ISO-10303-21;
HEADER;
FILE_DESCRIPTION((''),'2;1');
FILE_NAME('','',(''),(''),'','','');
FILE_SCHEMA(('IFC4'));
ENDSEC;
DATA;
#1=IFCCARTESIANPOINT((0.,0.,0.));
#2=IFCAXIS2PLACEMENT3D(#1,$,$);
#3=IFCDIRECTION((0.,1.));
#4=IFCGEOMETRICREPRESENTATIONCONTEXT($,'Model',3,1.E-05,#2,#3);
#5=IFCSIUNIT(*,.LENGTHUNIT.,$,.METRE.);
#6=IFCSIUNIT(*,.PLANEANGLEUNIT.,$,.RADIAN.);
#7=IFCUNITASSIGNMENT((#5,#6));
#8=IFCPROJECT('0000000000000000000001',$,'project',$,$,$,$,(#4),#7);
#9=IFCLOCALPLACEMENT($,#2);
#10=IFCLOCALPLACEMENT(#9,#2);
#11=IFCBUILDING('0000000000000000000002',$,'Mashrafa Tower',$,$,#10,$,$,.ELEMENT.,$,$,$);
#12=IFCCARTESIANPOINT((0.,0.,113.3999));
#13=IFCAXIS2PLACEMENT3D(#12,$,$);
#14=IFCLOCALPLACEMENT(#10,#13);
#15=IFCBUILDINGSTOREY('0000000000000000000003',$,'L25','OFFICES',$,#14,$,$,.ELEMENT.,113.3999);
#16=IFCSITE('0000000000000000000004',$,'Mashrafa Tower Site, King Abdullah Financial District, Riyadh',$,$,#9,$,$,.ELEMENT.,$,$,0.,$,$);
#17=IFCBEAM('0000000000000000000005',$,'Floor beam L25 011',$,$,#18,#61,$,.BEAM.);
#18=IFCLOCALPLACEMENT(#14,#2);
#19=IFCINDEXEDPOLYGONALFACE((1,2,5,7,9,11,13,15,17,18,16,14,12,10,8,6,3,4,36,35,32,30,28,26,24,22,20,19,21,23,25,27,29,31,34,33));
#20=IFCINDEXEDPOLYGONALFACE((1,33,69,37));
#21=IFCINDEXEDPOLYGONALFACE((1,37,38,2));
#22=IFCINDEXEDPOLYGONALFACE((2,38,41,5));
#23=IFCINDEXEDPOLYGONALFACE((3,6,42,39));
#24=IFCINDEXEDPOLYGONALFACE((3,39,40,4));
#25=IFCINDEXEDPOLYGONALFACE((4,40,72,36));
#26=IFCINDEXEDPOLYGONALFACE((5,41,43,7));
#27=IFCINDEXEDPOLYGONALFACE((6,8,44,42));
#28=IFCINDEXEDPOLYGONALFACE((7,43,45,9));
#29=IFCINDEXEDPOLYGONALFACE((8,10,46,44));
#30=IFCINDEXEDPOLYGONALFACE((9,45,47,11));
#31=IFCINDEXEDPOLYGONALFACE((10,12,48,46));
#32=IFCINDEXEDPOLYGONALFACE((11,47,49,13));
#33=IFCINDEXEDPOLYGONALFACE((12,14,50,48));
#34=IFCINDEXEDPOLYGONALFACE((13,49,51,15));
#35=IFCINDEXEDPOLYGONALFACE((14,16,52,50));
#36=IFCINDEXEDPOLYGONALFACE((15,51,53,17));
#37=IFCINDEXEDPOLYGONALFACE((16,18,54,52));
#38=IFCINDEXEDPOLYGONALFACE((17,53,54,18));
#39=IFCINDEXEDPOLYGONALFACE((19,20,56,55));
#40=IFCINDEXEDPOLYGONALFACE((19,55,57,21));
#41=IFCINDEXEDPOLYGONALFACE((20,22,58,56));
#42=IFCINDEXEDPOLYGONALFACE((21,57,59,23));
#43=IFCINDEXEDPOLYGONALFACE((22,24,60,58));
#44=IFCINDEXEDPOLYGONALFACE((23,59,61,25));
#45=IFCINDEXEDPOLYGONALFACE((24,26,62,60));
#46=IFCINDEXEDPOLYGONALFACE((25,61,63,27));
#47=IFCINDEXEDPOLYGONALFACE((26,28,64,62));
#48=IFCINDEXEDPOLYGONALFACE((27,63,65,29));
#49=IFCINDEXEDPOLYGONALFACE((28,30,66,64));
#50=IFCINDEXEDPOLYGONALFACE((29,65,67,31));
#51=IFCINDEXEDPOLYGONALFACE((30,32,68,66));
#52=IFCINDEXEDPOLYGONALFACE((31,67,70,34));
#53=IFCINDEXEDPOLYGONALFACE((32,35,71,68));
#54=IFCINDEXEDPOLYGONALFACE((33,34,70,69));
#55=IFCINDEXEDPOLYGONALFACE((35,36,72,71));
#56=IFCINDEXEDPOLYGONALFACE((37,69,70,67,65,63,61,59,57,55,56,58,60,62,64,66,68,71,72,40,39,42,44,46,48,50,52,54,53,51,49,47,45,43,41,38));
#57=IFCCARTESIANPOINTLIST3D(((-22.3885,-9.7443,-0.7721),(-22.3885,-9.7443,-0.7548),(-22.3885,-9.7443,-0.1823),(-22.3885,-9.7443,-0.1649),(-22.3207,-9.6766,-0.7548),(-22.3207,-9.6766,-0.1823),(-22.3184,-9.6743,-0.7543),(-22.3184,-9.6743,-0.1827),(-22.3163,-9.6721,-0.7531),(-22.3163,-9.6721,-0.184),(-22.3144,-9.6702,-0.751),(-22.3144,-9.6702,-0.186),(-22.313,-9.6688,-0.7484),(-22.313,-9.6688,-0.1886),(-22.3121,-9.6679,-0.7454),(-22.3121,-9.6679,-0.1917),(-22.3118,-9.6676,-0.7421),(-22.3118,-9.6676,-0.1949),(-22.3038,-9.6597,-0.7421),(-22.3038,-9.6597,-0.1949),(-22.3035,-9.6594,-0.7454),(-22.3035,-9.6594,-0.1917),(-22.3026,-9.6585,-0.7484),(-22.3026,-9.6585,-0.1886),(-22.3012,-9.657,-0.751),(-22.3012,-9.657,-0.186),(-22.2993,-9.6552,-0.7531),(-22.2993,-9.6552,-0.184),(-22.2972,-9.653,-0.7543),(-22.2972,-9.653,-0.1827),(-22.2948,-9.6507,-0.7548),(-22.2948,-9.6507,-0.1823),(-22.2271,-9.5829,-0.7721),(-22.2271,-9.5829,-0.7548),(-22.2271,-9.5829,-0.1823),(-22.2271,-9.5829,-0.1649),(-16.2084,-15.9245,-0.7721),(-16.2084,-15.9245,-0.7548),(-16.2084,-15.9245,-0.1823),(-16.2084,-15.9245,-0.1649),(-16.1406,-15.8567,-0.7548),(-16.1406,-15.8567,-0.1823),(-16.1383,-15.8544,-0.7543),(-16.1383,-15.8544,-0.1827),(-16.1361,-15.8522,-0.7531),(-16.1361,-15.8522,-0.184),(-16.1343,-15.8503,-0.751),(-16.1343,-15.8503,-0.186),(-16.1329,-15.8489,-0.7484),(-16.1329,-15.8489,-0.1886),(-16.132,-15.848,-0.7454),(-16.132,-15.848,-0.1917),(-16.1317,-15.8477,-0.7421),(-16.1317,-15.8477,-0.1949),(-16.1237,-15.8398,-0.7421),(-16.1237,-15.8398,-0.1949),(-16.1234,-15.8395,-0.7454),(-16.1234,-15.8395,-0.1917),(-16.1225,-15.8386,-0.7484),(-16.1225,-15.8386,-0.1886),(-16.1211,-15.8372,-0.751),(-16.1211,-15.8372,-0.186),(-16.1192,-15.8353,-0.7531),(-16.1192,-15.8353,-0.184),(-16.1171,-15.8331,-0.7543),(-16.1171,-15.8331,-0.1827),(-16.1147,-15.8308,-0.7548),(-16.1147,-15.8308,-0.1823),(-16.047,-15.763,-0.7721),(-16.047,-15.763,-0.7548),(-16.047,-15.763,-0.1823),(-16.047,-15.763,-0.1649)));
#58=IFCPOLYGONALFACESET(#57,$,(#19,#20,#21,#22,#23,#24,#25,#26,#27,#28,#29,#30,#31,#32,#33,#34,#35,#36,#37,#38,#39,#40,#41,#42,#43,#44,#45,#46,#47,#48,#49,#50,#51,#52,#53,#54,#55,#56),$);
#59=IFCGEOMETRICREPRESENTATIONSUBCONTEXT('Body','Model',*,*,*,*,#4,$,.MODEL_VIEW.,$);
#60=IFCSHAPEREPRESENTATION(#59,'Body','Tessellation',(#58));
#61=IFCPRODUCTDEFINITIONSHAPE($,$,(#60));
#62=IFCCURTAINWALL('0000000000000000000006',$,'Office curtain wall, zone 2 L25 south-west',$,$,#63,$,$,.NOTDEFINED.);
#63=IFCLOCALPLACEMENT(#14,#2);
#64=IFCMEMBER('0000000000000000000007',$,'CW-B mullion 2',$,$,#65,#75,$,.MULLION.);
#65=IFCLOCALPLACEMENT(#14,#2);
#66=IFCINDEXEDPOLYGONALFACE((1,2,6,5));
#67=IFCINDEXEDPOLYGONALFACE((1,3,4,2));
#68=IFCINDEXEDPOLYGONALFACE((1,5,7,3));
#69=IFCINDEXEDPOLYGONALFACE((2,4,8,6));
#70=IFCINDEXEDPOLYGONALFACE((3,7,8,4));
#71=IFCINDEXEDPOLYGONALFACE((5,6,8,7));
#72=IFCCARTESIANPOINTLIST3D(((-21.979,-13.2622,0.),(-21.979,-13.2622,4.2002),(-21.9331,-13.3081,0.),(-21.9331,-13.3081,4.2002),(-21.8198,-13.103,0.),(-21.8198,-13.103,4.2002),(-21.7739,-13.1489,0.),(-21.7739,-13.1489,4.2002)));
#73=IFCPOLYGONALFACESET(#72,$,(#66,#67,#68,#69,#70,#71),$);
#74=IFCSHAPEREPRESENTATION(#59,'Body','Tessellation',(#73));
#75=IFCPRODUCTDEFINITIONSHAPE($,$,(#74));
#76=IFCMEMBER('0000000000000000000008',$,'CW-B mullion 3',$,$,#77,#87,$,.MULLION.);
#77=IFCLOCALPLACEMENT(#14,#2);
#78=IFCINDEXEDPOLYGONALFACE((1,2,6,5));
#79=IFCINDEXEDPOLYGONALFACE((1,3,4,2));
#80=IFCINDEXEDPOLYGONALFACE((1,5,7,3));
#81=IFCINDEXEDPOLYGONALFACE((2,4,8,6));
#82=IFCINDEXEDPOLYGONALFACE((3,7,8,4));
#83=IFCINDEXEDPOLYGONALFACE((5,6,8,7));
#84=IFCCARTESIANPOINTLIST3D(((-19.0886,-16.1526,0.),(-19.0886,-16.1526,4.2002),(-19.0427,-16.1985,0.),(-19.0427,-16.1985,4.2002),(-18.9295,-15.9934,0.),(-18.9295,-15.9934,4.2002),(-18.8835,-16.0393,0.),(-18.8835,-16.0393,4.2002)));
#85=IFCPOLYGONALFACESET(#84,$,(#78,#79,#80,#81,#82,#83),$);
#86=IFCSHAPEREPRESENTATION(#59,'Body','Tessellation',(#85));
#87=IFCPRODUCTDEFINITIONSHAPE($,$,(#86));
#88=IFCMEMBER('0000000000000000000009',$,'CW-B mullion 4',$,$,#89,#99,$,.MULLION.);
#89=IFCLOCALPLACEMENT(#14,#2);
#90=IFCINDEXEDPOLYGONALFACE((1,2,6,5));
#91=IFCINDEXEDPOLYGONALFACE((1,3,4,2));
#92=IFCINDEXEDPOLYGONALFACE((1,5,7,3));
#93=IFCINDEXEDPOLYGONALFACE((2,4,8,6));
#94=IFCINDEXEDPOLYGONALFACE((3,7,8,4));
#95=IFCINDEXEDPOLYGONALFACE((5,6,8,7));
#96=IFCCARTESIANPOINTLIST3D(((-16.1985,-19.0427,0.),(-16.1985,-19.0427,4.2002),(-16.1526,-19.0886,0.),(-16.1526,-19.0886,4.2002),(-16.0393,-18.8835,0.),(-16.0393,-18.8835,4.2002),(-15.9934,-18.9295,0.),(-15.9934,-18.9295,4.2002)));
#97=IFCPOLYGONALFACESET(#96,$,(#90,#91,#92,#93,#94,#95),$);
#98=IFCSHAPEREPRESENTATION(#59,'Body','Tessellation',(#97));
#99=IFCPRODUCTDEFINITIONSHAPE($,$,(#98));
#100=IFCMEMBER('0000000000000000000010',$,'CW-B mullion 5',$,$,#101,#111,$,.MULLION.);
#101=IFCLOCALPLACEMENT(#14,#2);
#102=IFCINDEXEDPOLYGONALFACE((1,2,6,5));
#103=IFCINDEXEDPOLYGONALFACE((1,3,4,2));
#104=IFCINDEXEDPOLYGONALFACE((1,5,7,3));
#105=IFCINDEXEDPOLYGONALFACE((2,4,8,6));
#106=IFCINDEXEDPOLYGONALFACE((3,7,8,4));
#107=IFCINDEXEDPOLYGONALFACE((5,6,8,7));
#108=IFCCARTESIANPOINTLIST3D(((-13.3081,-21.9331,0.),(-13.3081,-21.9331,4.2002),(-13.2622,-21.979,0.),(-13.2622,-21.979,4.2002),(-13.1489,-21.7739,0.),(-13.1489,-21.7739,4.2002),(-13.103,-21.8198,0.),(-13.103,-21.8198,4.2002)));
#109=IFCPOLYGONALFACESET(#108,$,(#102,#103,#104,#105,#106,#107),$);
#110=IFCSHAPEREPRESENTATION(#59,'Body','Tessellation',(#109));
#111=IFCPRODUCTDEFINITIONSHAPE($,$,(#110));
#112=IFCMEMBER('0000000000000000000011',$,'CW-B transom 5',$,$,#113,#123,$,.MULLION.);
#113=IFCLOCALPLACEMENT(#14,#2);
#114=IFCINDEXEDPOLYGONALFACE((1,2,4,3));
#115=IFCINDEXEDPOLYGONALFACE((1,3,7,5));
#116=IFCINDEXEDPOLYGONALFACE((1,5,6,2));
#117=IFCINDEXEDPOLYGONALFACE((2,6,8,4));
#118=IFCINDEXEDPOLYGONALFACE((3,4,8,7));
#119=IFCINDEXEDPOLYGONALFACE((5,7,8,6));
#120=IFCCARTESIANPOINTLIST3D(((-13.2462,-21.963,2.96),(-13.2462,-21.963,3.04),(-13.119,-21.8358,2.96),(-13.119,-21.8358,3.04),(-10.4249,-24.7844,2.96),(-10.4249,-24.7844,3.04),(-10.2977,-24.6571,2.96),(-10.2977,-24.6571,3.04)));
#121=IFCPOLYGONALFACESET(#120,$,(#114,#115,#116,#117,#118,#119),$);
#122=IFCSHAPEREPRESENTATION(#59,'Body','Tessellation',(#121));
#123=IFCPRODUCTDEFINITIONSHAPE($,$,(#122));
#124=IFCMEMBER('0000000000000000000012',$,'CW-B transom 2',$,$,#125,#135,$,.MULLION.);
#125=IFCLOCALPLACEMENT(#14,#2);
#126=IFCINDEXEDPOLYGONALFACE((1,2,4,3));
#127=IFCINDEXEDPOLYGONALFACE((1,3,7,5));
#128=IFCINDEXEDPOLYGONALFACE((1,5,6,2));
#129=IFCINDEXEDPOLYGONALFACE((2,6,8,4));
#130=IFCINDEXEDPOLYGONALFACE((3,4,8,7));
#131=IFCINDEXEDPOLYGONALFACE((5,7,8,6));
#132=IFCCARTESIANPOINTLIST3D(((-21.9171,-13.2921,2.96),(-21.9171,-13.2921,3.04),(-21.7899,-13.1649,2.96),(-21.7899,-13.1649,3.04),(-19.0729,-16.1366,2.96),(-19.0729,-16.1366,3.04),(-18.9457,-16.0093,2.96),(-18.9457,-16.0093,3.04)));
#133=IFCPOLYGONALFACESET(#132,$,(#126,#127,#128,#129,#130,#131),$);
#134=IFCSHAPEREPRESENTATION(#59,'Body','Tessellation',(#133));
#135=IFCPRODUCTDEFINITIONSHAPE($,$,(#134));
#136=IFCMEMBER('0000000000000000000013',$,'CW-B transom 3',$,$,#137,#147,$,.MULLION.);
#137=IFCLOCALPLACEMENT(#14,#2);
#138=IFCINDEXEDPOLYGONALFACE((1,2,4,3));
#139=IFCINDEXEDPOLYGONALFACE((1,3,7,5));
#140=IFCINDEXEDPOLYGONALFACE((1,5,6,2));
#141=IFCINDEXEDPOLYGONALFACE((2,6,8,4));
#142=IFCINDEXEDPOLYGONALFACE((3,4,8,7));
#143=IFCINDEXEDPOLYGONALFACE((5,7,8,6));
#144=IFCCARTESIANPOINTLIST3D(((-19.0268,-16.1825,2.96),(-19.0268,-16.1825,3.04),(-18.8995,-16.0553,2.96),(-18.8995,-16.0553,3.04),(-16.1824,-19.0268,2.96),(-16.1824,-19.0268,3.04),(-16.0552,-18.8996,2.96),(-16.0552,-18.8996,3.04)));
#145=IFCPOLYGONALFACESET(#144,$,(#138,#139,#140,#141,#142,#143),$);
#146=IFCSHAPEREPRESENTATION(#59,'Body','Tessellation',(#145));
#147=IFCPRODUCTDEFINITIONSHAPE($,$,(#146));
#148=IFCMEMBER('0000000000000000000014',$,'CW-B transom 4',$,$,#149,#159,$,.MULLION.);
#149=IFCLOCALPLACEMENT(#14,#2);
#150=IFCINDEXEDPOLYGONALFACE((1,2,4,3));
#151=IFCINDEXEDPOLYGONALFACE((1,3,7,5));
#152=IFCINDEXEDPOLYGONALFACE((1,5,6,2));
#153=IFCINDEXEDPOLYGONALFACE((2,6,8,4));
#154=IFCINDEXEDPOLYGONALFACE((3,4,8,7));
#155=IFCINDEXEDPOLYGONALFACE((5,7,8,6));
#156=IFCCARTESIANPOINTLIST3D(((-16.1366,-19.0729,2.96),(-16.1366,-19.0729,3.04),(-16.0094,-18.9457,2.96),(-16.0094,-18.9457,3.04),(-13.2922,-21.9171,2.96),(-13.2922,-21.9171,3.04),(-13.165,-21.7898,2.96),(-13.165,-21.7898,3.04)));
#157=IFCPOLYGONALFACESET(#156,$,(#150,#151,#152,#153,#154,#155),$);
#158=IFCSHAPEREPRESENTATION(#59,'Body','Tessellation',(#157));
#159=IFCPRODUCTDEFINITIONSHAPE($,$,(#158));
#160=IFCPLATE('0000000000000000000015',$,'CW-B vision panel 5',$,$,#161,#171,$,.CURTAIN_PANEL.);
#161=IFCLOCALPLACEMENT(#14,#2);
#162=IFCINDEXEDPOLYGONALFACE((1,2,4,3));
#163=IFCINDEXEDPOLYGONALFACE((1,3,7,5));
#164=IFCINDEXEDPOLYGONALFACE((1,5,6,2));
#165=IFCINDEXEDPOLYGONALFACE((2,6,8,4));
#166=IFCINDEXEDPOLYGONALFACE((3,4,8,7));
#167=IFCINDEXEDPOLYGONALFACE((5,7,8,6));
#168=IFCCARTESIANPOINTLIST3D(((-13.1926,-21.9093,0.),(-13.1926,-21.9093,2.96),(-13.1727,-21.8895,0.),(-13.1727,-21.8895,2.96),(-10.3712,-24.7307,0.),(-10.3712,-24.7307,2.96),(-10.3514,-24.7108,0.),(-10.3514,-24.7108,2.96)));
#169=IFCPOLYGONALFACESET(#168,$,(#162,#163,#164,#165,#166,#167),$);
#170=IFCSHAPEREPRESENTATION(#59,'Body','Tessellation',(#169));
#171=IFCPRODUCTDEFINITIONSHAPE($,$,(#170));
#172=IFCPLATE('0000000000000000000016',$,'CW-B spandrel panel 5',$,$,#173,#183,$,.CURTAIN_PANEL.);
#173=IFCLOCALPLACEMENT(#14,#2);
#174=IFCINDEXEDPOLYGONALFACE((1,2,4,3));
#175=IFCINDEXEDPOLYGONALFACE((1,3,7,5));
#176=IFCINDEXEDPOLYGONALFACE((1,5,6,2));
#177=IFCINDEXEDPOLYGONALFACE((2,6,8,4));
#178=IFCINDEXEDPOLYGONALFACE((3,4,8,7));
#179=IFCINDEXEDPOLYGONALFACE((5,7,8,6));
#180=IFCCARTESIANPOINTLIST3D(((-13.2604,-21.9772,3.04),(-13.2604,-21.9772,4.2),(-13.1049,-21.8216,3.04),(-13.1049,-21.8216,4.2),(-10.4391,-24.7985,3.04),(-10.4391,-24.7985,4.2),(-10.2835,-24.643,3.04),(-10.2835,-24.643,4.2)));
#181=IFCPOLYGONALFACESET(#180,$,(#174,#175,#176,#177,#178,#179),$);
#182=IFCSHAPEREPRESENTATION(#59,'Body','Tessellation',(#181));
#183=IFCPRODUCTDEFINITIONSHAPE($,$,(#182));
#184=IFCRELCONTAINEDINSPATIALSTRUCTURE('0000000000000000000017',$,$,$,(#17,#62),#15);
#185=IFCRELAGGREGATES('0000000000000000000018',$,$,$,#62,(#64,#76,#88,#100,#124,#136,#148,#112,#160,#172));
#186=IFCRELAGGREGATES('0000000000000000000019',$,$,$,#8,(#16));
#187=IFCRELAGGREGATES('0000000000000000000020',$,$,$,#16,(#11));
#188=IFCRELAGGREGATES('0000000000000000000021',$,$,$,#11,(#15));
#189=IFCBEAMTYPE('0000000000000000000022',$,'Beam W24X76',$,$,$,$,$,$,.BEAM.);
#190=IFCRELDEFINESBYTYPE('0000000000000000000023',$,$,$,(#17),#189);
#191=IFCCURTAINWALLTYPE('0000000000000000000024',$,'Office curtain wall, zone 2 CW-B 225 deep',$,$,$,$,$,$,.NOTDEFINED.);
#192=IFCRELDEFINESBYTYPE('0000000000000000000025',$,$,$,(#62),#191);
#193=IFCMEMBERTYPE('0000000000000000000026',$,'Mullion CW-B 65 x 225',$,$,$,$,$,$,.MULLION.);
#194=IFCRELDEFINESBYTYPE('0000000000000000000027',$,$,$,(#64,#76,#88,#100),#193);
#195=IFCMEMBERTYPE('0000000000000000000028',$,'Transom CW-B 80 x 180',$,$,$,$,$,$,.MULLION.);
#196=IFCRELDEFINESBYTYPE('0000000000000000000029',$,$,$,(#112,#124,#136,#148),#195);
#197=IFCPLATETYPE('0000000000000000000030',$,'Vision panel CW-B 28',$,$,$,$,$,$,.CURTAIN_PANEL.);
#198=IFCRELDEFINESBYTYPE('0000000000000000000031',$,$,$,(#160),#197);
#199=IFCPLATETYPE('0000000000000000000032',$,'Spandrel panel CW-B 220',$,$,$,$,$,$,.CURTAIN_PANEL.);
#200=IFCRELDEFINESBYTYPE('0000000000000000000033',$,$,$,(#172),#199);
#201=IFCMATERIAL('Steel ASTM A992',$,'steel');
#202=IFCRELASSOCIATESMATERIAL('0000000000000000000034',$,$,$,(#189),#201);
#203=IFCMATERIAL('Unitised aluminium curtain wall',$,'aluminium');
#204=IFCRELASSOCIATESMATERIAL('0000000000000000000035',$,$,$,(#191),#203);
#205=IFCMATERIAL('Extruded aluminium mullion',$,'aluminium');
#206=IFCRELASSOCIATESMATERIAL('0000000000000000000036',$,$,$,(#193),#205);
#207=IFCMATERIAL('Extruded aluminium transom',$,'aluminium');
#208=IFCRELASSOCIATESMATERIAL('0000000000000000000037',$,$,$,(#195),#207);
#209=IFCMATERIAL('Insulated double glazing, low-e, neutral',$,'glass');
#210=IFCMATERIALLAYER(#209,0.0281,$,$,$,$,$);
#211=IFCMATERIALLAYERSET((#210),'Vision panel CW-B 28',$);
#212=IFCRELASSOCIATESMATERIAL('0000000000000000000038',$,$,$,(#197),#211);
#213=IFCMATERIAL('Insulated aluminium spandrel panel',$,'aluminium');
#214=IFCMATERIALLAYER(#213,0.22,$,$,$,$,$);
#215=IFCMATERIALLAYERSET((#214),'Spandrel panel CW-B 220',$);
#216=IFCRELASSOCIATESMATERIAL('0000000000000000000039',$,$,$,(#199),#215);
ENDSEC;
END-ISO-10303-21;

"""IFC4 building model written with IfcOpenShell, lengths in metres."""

from ifc_helpers import new_model, si_unit, direction, frame, origin, origin_2d, place, context, subcontext, project, spatial, rectangle, i_section, extrude, source, transform, mapped, material, layer, layer_set, material_profile, profile_set, type_object, type_shapes, element, aggregate, save


model = new_model("IFC4")

# Units and contexts
model_context = context("Model", 3, precision=1e-05, world=origin(), true_north=direction((0.0, 1.0)))
body_context = subcontext(model_context, "Body", "Model", "MODEL_VIEW")
ifc_project = project(units=[si_unit("LENGTHUNIT", "METRE"), si_unit("PLANEANGLEUNIT", "RADIAN")], contexts=[model_context])

# Site, building, storey
site_placement = place(None, origin())
site = spatial("IfcSite", under=ifc_project, at=site_placement, Name="Mashrafa Tower Site, King Abdullah Financial District, Riyadh", CompositionType="ELEMENT", RefElevation=0.0)
building_placement = place(site_placement, origin())
building = spatial("IfcBuilding", under=site, at=building_placement, Name="Mashrafa Tower", CompositionType="ELEMENT")
storey_placement = place(building_placement, frame((0.0, 0.0, 113.3999)))
storey = spatial("IfcBuildingStorey", under=building, at=storey_placement, Name="L25", Description="OFFICES", CompositionType="ELEMENT", Elevation=113.3999)

# Beam
ifc_material_1 = material(Name="Steel ASTM A992", Category="steel")
ifc_material_profile_1 = material_profile(ifc_material_1, i_section(OverallWidth=0.2283, OverallDepth=0.6072, WebThickness=0.0112, FlangeThickness=0.0173, FilletRadius=0.0127, at=origin_2d()), Name="W24X76")
ifc_profile_set_1 = profile_set([ifc_material_profile_1], Name="Steel ASTM A992")
beam_type_1 = type_object("IfcBeamType", Name="Beam W24X76", PredefinedType="BEAM", material=ifc_profile_set_1)
beam_1_placement = place(storey_placement, frame((-16.1277, -15.8438, -0.4685), z_axis=(-0.707107, 0.707107, 0.0), x_axis=(-0.707107, -0.707107, 0.0)))
element("IfcBeam", 1, at=beam_1_placement, inside=storey, type_object=beam_type_1, Name="Floor beam L25 011", PredefinedType="BEAM", context=body_context, shape_type="SweptSolid", body=[
    extrude(i_section(OverallWidth=0.2283, OverallDepth=0.6072, WebThickness=0.0112, FlangeThickness=0.0173, FilletRadius=0.0127, at=origin_2d()), origin(), (0.0, 0.0, 1.0), 8.74),
])

# Curtain wall, members, plates
ifc_material_2 = material(Name="Unitised aluminium curtain wall", Category="aluminium")
curtain_wall_type = type_object("IfcCurtainWallType", Name="Office curtain wall, zone 2 CW-B 225 deep", PredefinedType="NOTDEFINED", material=ifc_material_2)
curtain_wall_placement = place(storey_placement, origin())
curtain_wall = element("IfcCurtainWall", 2, at=curtain_wall_placement, inside=storey, type_object=curtain_wall_type, Name="Office curtain wall, zone 2 L25 south-west", PredefinedType="NOTDEFINED")
ifc_material_3 = material(Name="Extruded aluminium mullion", Category="aluminium")
ifc_material_profile_2 = material_profile(ifc_material_3, rectangle(XDim=0.2251, YDim=0.0649, at=origin_2d()), Name="Mullion 65x225")
ifc_profile_set_2 = profile_set([ifc_material_profile_2], Name="Extruded aluminium mullion")
member_type_1 = type_object("IfcMemberType", Name="Mullion CW-B 65 x 225", PredefinedType="MULLION", material=ifc_profile_set_2)
shared_shape_1 = source(origin(), body_context, "Body", "SweptSolid", [
    extrude(rectangle(XDim=0.2251, YDim=0.0649, at=origin_2d()), origin(), (0.0, 0.0, 1.0), 4.2002),
])
type_shapes(member_type_1, [shared_shape_1])
member_1_placement = place(storey_placement, frame((-21.8765, -13.2056, 0.0), z_axis=(0.0, 0.0, 1.0), x_axis=(0.707107, 0.707107, 0.0)))
member_1 = element("IfcMember", 3, at=member_1_placement, type_object=member_type_1, Name="CW-B mullion 2", PredefinedType="MULLION", context=body_context, shape_type="MappedRepresentation", body=[
    mapped(shared_shape_1, transform((0.0, 0.0, 0.0))),
])
member_2_placement = place(storey_placement, frame((-18.9861, -16.0959, 0.0), z_axis=(0.0, 0.0, 1.0), x_axis=(0.707107, 0.707107, 0.0)))
member_2 = element("IfcMember", 4, at=member_2_placement, type_object=member_type_1, Name="CW-B mullion 3", PredefinedType="MULLION", context=body_context, shape_type="MappedRepresentation", body=[
    mapped(shared_shape_1, transform((0.0, 0.0, 0.0))),
])
member_3_placement = place(storey_placement, frame((-16.0959, -18.9861, 0.0), z_axis=(0.0, 0.0, 1.0), x_axis=(0.707107, 0.707107, 0.0)))
member_3 = element("IfcMember", 5, at=member_3_placement, type_object=member_type_1, Name="CW-B mullion 4", PredefinedType="MULLION", context=body_context, shape_type="MappedRepresentation", body=[
    mapped(shared_shape_1, transform((0.0, 0.0, 0.0))),
])
member_4_placement = place(storey_placement, frame((-13.2056, -21.8765, 0.0), z_axis=(0.0, 0.0, 1.0), x_axis=(0.707107, 0.707107, 0.0)))
member_4 = element("IfcMember", 6, at=member_4_placement, type_object=member_type_1, Name="CW-B mullion 5", PredefinedType="MULLION", context=body_context, shape_type="MappedRepresentation", body=[
    mapped(shared_shape_1, transform((0.0, 0.0, 0.0))),
])
ifc_material_4 = material(Name="Extruded aluminium transom", Category="aluminium")
ifc_material_profile_3 = material_profile(ifc_material_4, rectangle(XDim=0.1799, YDim=0.0801, at=origin_2d()), Name="Transom 80x180")
ifc_profile_set_3 = profile_set([ifc_material_profile_3], Name="Extruded aluminium transom")
member_type_2 = type_object("IfcMemberType", Name="Transom CW-B 80 x 180", PredefinedType="MULLION", material=ifc_profile_set_3)
shared_shape_2 = source(origin(), body_context, "Body", "SweptSolid", [
    extrude(rectangle(XDim=0.1799, YDim=0.0801, at=origin_2d()), origin(), (0.0, 0.0, 1.0), 3.99),
])
member_5_placement = place(storey_placement, frame((-13.1826, -21.8994, 3.0), z_axis=(0.707107, -0.707107, 0.0), x_axis=(0.707107, 0.707107, 0.0)))
member_5 = element("IfcMember", 7, at=member_5_placement, type_object=member_type_2, Name="CW-B transom 5", PredefinedType="MULLION", context=body_context, shape_type="MappedRepresentation", body=[
    mapped(shared_shape_2, transform((0.0, 0.0, 0.0))),
])
shared_shape_3 = source(origin(), body_context, "Body", "SweptSolid", [
    extrude(rectangle(XDim=0.1799, YDim=0.0801, at=origin_2d()), origin(), (0.0, 0.0, 1.0), 4.0225),
])
type_shapes(member_type_2, [shared_shape_2, shared_shape_3])
member_6_placement = place(storey_placement, frame((-21.8535, -13.2285, 3.0), z_axis=(0.707076, -0.707137, 0.0), x_axis=(0.707137, 0.707076, 0.0)))
member_6 = element("IfcMember", 8, at=member_6_placement, type_object=member_type_2, Name="CW-B transom 2", PredefinedType="MULLION", context=body_context, shape_type="MappedRepresentation", body=[
    mapped(shared_shape_3, transform((0.0, 0.0, 0.0))),
])
member_7_placement = place(storey_placement, frame((-18.9631, -16.1189, 3.0), z_axis=(0.707107, -0.707107, 0.0), x_axis=(0.707107, 0.707107, 0.0)))
member_7 = element("IfcMember", 9, at=member_7_placement, type_object=member_type_2, Name="CW-B transom 3", PredefinedType="MULLION", context=body_context, shape_type="MappedRepresentation", body=[
    mapped(shared_shape_3, transform((0.0, 0.0, 0.0))),
])
member_8_placement = place(storey_placement, frame((-16.073, -19.0093, 3.0), z_axis=(0.707137, -0.707076, 0.0), x_axis=(0.707076, 0.707137, 0.0)))
member_8 = element("IfcMember", 10, at=member_8_placement, type_object=member_type_2, Name="CW-B transom 4", PredefinedType="MULLION", context=body_context, shape_type="MappedRepresentation", body=[
    mapped(shared_shape_3, transform((0.0, 0.0, 0.0))),
])
ifc_material_5 = material(Name="Insulated double glazing, low-e, neutral", Category="glass")
ifc_layer_1 = layer(ifc_material_5, 0.0281)
ifc_layer_set_1 = layer_set([ifc_layer_1], Name="Vision panel CW-B 28")
plate_type_1 = type_object("IfcPlateType", Name="Vision panel CW-B 28", PredefinedType="CURTAIN_PANEL", material=ifc_layer_set_1)
shared_shape_4 = source(origin(), body_context, "Body", "SweptSolid", [
    extrude(rectangle(XDim=3.99, YDim=0.0281, at=origin_2d()), origin(), (0.0, 0.0, 1.0), 2.96),
])
plate_1_placement = place(storey_placement, frame((-11.772, -23.3101, 0.0), z_axis=(0.0, 0.0, 1.0), x_axis=(0.707107, -0.707107, 0.0)))
plate_1 = element("IfcPlate", 11, at=plate_1_placement, type_object=plate_type_1, Name="CW-B vision panel 5", PredefinedType="CURTAIN_PANEL", context=body_context, shape_type="MappedRepresentation", body=[
    mapped(shared_shape_4, transform((0.0, 0.0, 0.0))),
])
ifc_material_6 = material(Name="Insulated aluminium spandrel panel", Category="aluminium")
ifc_layer_2 = layer(ifc_material_6, 0.22)
ifc_layer_set_2 = layer_set([ifc_layer_2], Name="Spandrel panel CW-B 220")
plate_type_2 = type_object("IfcPlateType", Name="Spandrel panel CW-B 220", PredefinedType="CURTAIN_PANEL", material=ifc_layer_set_2)
shared_shape_5 = source(origin(), body_context, "Body", "SweptSolid", [
    extrude(rectangle(XDim=3.99, YDim=0.22, at=origin_2d()), origin(), (0.0, 0.0, 1.0), 1.1599),
])
plate_2_placement = place(storey_placement, frame((-11.772, -23.3101, 3.04), z_axis=(0.0, 0.0, 1.0), x_axis=(0.707107, -0.707107, 0.0)))
plate_2 = element("IfcPlate", 12, at=plate_2_placement, type_object=plate_type_2, Name="CW-B spandrel panel 5", PredefinedType="CURTAIN_PANEL", context=body_context, shape_type="MappedRepresentation", body=[
    mapped(shared_shape_5, transform((0.0, 0.0, 0.0))),
])
aggregate(curtain_wall, [member_1, member_2, member_3, member_4, member_6, member_7, member_8, member_5, plate_1, plate_2])

save(model, "model.ifc")
